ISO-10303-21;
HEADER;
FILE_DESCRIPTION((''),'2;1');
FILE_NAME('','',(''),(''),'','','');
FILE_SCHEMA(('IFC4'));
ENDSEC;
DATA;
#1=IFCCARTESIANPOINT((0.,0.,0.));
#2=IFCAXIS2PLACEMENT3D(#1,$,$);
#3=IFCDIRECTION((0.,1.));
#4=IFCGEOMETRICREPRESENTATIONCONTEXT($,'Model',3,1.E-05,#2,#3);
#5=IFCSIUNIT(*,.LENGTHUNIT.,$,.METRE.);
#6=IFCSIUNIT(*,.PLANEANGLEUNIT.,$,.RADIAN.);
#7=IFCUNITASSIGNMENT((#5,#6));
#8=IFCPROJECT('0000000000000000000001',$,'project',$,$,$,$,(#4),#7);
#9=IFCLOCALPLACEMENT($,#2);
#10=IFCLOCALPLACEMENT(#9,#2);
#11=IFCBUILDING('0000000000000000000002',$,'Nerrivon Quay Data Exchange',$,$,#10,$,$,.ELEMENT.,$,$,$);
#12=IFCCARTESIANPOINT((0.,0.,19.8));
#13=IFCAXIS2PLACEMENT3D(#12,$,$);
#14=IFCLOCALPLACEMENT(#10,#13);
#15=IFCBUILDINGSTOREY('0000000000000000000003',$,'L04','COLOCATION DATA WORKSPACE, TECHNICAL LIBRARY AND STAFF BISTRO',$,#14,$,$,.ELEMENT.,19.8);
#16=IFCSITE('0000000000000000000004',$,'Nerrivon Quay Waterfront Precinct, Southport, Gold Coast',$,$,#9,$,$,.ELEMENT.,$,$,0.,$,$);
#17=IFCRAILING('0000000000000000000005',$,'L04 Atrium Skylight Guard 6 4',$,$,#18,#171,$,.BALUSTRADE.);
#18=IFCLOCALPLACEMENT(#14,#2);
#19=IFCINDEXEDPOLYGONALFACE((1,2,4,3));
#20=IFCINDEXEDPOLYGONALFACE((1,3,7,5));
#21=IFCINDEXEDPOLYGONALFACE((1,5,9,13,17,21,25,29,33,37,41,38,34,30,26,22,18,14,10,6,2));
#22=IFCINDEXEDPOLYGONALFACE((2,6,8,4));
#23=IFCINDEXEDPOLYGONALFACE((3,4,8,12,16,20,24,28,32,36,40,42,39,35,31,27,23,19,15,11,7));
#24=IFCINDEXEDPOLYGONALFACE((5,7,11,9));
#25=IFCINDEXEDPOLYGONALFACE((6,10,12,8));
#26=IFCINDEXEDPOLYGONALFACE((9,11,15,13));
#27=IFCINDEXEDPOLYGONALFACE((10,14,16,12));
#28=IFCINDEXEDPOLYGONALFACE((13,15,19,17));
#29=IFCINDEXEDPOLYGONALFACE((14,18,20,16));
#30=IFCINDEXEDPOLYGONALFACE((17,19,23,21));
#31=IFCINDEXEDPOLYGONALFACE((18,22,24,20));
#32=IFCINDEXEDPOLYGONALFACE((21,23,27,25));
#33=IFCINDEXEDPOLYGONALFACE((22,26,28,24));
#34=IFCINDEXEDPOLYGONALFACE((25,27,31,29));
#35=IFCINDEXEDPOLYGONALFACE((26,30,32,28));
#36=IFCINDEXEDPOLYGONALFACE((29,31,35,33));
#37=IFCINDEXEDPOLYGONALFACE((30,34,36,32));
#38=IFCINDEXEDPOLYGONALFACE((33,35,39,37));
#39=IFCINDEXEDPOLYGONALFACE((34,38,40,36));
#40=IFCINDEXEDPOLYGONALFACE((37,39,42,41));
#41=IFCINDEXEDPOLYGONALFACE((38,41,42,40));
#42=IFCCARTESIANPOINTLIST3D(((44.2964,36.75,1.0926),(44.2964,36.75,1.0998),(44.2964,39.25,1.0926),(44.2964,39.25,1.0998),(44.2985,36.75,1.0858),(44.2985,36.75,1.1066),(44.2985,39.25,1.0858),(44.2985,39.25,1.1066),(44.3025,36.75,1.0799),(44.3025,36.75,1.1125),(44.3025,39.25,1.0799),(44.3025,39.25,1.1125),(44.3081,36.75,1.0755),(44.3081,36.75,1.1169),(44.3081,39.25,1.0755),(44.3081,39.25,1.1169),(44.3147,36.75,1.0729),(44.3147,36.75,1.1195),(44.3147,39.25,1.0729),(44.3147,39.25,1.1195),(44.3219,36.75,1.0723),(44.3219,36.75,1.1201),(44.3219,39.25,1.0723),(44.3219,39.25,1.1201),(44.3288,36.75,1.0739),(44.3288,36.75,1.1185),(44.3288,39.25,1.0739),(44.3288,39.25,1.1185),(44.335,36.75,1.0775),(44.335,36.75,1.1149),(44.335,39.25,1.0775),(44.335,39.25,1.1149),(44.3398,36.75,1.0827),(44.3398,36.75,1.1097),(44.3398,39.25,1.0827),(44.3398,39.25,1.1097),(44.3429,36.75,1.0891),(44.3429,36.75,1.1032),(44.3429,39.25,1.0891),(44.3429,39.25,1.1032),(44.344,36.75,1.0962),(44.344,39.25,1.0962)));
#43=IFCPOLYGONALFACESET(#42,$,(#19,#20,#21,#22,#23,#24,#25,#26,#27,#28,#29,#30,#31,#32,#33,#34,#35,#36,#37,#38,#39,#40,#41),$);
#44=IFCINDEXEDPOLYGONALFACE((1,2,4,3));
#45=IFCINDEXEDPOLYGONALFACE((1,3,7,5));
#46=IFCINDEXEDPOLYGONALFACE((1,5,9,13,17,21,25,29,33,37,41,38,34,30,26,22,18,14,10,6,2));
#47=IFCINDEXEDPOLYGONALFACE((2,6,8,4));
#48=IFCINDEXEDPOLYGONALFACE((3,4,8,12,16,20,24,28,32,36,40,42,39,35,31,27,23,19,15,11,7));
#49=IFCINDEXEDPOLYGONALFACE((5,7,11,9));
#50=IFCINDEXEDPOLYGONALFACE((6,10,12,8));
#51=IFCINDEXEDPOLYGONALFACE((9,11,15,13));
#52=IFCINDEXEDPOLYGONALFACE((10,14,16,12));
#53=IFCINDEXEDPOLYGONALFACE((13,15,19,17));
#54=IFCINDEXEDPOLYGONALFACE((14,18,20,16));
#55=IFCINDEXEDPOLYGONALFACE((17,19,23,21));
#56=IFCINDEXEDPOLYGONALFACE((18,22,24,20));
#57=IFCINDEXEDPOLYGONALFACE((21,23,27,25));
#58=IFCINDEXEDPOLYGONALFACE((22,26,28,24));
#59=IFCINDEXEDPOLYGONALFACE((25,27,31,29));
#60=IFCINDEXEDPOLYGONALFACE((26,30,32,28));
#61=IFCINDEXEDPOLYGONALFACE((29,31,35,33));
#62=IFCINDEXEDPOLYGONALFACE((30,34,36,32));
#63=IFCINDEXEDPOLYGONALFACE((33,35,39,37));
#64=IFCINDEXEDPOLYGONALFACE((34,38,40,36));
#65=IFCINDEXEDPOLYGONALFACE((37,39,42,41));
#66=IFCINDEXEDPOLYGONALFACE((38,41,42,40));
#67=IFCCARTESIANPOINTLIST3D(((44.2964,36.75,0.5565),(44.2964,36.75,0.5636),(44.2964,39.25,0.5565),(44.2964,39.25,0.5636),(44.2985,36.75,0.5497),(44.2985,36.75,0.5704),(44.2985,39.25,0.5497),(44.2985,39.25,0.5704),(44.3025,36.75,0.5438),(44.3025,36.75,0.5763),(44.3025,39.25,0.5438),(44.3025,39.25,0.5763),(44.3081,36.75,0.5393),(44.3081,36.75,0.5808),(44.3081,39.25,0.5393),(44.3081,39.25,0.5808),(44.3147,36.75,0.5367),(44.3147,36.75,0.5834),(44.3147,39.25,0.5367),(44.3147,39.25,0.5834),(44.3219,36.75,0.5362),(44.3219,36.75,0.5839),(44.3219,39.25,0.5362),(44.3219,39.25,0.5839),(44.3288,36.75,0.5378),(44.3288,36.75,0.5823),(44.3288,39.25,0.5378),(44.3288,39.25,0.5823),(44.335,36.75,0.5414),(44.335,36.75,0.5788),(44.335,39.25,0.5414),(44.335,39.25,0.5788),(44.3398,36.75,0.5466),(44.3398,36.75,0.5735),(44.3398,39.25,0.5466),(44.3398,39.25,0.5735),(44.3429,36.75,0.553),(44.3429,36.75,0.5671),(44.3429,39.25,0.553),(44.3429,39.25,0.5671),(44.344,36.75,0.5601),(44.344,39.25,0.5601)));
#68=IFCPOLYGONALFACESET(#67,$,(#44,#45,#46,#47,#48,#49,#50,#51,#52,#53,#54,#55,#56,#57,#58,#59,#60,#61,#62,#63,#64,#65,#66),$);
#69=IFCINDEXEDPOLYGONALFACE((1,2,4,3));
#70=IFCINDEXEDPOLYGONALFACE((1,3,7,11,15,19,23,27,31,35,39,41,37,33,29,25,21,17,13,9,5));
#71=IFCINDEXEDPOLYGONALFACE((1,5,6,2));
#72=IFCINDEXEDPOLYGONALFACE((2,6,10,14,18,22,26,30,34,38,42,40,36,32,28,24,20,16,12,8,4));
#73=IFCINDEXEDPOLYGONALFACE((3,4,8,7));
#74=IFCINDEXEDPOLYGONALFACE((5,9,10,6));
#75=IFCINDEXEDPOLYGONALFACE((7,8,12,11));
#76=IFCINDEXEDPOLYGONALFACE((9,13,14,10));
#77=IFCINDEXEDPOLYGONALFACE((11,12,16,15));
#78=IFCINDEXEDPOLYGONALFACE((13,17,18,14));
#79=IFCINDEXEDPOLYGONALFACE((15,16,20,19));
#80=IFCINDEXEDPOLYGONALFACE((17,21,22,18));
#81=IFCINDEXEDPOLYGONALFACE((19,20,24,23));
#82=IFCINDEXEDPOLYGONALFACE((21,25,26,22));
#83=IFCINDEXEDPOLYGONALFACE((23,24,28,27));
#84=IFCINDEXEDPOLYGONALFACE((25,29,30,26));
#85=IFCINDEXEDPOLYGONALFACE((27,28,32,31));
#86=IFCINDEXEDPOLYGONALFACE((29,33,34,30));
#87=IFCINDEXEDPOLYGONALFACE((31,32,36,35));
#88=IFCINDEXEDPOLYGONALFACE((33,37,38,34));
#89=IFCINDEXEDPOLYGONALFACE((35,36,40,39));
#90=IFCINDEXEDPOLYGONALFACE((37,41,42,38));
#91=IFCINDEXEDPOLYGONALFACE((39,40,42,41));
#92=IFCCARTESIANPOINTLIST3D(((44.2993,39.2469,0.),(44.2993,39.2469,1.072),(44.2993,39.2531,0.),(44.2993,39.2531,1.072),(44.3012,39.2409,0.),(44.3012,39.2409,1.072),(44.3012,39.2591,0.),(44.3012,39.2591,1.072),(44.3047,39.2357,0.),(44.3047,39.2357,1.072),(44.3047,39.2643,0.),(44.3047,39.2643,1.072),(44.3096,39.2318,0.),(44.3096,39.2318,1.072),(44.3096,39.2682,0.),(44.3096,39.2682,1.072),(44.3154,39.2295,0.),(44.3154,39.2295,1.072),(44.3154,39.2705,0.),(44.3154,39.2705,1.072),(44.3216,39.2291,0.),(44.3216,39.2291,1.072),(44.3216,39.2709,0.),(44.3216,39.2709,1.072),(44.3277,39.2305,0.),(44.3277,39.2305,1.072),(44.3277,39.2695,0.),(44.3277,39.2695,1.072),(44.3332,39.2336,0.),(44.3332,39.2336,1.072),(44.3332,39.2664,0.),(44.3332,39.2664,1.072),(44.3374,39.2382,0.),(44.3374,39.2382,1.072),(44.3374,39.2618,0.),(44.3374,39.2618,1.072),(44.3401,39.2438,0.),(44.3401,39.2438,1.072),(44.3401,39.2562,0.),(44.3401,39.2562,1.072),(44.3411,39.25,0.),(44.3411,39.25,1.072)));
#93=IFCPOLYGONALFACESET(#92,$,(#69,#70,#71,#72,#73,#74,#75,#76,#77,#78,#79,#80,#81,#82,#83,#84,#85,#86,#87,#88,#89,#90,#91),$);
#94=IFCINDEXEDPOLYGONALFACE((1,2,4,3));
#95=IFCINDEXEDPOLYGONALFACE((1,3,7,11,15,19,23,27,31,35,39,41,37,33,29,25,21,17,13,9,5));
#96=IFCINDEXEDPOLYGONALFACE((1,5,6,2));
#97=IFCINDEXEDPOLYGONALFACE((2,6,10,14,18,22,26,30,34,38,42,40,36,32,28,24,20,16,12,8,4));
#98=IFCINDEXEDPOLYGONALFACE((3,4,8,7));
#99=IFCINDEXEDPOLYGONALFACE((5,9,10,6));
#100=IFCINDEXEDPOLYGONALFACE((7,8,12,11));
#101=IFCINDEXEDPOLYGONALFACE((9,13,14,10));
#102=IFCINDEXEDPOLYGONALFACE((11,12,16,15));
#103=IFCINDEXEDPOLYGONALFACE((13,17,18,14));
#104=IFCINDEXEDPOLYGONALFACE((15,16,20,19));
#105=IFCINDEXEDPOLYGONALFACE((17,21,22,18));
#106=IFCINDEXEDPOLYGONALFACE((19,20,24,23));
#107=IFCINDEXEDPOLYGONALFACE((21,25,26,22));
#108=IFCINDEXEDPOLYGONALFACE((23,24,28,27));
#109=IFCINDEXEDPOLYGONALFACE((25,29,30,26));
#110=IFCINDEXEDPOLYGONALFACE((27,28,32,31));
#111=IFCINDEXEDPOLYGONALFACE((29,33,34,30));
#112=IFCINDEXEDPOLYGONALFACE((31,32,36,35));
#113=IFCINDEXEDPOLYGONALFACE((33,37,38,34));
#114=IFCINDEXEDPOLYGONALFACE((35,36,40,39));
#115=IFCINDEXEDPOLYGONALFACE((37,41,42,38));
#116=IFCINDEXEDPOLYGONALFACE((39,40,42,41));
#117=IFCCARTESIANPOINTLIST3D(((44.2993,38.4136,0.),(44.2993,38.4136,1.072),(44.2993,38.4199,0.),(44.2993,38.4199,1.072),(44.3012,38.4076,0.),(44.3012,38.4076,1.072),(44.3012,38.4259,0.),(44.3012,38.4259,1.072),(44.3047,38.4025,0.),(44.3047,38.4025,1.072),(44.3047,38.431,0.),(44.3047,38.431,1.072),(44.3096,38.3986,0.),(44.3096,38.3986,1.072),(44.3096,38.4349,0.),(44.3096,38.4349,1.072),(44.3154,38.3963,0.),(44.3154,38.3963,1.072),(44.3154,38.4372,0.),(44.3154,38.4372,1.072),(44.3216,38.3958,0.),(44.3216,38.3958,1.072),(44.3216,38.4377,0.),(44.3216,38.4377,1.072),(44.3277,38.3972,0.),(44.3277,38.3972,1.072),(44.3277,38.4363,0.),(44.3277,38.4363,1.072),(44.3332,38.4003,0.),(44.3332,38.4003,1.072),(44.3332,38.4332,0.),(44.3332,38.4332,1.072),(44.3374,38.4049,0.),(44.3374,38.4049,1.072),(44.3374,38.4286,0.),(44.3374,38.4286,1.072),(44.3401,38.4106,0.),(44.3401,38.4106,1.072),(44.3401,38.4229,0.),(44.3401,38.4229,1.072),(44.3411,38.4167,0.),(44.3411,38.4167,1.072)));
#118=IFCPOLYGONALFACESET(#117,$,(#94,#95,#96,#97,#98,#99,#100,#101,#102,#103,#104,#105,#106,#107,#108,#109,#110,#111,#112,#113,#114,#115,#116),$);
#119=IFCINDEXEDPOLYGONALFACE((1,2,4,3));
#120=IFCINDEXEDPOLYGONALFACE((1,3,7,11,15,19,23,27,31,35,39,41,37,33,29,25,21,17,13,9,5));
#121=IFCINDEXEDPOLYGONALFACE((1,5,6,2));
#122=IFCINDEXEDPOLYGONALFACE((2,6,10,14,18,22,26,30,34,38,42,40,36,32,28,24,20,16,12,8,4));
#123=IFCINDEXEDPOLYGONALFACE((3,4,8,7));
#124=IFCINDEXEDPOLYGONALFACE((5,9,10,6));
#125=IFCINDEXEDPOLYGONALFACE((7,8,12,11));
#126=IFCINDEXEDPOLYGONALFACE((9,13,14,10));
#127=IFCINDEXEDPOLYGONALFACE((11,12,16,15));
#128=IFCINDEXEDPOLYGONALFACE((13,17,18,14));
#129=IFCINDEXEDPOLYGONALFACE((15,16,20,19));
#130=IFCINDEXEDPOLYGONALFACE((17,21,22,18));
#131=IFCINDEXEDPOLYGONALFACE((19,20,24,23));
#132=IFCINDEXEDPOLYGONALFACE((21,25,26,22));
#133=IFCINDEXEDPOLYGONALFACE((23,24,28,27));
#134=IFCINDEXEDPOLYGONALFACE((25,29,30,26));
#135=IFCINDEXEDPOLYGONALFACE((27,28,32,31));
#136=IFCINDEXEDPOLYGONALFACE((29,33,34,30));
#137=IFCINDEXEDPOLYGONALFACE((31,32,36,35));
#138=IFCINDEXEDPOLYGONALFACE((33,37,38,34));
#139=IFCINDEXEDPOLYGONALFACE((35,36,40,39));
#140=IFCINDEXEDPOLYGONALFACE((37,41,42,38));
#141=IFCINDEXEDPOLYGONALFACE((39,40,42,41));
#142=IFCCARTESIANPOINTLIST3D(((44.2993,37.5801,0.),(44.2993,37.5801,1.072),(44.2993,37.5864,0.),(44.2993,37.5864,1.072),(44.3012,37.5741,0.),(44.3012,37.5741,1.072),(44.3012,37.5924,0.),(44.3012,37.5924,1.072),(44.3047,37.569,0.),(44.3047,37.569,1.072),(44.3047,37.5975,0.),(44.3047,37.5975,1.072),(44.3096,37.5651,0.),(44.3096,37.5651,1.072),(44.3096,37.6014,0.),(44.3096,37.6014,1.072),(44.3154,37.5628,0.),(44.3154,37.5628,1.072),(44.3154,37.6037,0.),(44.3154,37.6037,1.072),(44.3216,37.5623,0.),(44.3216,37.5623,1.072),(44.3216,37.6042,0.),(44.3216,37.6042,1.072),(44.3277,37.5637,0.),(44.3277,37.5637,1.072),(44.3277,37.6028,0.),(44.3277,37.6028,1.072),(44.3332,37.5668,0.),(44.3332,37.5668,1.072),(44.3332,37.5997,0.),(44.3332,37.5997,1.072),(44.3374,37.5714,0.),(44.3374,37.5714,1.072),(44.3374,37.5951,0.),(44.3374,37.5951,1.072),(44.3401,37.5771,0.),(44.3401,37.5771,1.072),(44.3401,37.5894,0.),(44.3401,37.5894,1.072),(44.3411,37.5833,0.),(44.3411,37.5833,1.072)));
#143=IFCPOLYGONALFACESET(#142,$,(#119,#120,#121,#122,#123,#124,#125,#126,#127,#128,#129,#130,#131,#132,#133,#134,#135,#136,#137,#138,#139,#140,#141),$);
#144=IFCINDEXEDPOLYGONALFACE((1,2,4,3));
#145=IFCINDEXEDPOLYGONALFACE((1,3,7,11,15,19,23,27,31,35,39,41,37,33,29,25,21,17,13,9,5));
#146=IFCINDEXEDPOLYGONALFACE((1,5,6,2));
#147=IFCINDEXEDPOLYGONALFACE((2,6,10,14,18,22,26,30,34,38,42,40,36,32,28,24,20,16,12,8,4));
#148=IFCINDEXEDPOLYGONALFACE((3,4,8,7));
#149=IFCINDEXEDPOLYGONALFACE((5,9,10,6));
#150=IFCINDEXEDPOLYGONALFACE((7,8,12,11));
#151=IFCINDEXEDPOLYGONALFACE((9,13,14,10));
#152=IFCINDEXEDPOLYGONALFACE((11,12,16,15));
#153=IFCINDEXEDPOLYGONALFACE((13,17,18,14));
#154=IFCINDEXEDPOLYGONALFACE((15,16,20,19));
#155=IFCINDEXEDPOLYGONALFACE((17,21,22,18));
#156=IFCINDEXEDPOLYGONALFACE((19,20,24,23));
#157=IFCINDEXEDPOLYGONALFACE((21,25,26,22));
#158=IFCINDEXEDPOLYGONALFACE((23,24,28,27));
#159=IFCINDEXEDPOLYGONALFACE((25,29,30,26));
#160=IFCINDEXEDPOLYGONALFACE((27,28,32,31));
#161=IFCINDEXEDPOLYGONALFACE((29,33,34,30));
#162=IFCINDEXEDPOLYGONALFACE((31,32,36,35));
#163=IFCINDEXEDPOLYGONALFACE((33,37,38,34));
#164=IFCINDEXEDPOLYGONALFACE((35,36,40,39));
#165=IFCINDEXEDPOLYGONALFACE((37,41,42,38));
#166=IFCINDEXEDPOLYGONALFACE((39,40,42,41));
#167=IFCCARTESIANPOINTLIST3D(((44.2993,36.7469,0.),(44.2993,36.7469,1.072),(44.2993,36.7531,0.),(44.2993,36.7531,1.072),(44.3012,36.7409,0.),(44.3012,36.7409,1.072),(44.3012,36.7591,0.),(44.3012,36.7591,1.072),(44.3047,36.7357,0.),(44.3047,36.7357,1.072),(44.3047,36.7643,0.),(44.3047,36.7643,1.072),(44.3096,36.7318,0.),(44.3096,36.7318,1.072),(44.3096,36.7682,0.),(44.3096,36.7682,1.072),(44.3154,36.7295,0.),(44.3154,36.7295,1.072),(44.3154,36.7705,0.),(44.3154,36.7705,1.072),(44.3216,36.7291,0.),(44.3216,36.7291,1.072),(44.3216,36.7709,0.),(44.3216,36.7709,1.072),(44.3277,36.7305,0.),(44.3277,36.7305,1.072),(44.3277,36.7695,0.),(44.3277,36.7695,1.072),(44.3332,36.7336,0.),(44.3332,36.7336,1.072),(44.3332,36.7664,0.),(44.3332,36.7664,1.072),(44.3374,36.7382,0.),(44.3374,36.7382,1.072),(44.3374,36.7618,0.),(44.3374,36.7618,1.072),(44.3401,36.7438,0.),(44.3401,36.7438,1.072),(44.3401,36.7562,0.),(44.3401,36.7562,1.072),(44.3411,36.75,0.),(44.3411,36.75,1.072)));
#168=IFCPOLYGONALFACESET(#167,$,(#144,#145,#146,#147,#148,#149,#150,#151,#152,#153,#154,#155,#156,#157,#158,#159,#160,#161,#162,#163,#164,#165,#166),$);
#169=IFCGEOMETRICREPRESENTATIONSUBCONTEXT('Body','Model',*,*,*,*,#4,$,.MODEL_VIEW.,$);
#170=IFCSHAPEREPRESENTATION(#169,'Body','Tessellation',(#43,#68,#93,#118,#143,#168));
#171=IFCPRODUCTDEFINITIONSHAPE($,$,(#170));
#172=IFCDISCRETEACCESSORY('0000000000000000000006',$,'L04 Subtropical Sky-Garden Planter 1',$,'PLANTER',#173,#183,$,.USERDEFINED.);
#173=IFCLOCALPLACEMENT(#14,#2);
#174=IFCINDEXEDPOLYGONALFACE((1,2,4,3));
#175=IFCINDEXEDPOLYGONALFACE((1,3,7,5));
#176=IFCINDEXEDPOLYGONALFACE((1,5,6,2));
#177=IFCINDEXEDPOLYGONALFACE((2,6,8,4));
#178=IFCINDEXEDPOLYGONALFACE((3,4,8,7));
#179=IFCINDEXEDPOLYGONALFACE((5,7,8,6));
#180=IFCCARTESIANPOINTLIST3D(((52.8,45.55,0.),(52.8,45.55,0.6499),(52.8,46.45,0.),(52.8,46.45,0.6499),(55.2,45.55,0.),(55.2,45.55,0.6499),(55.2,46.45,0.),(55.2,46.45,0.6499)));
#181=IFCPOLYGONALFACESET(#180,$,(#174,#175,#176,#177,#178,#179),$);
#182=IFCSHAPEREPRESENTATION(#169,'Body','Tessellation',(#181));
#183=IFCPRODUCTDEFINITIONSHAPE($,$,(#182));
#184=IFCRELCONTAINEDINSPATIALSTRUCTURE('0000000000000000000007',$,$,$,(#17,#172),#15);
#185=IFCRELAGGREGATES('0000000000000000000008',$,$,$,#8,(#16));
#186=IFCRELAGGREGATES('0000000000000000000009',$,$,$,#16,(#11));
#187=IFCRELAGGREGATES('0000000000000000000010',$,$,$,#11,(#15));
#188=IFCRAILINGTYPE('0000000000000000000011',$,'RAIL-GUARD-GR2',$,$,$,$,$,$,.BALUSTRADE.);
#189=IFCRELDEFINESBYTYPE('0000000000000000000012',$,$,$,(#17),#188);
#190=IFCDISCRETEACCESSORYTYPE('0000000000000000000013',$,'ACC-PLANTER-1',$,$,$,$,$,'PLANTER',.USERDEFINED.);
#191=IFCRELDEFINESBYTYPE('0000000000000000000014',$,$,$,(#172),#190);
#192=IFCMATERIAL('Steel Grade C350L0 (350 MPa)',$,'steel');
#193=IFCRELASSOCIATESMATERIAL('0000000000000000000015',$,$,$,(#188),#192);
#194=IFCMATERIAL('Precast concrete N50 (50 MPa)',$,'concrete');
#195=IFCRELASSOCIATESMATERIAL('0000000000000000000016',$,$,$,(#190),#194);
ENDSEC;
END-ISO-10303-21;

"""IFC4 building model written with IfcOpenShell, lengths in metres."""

from ifc_helpers import new_model, si_unit, direction, frame, origin, origin_2d, place, context, subcontext, project, spatial, rectangle, circle, extrude, material, type_object, element, save


model = new_model("IFC4")

# Units and contexts
model_context = context("Model", 3, precision=1e-05, world=origin(), true_north=direction((0.0, 1.0)))
body_context = subcontext(model_context, "Body", "Model", "MODEL_VIEW")
ifc_project = project(units=[si_unit("LENGTHUNIT", "METRE"), si_unit("PLANEANGLEUNIT", "RADIAN")], contexts=[model_context])

# Site, building, storey
site_placement = place(None, origin())
site = spatial("IfcSite", under=ifc_project, at=site_placement, Name="Nerrivon Quay Waterfront Precinct, Southport, Gold Coast", CompositionType="ELEMENT", RefElevation=0.0)
building_placement = place(site_placement, origin())
building = spatial("IfcBuilding", under=site, at=building_placement, Name="Nerrivon Quay Data Exchange", CompositionType="ELEMENT")
storey_placement = place(building_placement, frame((0.0, 0.0, 19.8)))
storey = spatial("IfcBuildingStorey", under=building, at=storey_placement, Name="L04", Description="COLOCATION DATA WORKSPACE, TECHNICAL LIBRARY AND STAFF BISTRO", CompositionType="ELEMENT", Elevation=19.8)

# Railing
ifc_material_1 = material(Name="Steel Grade C350L0 (350 MPa)", Category="steel")
railing_type = type_object("IfcRailingType", Name="RAIL-GUARD-GR2", PredefinedType="BALUSTRADE", material=ifc_material_1)
railing_1_placement = place(storey_placement, frame((44.3201, 39.25, 0.0)))
element("IfcRailing", 1, at=railing_1_placement, inside=storey, type_object=railing_type, Name="L04 Atrium Skylight Guard 6 4", PredefinedType="BALUSTRADE", context=body_context, shape_type="SweptSolid", body=[
    extrude(circle(Radius=0.0239, at=origin_2d()), frame((0.0, 0.0, 1.0962), z_axis=(0.0, -1.0, 0.0), x_axis=(1.0, 0.0, 0.0)), (0.0, 0.0, 1.0), 2.5),
    extrude(circle(Radius=0.0239, at=origin_2d()), frame((0.0, 0.0, 0.5601), z_axis=(0.0, -1.0, 0.0), x_axis=(1.0, 0.0, 0.0)), (0.0, 0.0, 1.0), 2.5),
    extrude(circle(Radius=0.021, at=origin_2d()), origin(), (0.0, 0.0, 1.0), 1.072),
    extrude(circle(Radius=0.021, at=origin_2d()), frame((0.0, -0.8333, 0.0)), (0.0, 0.0, 1.0), 1.072),
    extrude(circle(Radius=0.021, at=origin_2d()), frame((0.0, -1.6667, 0.0)), (0.0, 0.0, 1.0), 1.072),
    extrude(circle(Radius=0.021, at=origin_2d()), frame((0.0, -2.5, 0.0)), (0.0, 0.0, 1.0), 1.072),
])

# Discrete accessory
ifc_material_2 = material(Name="Precast concrete N50 (50 MPa)", Category="concrete")
discrete_accessory_type = type_object("IfcDiscreteAccessoryType", Name="ACC-PLANTER-1", ElementType="PLANTER", PredefinedType="USERDEFINED", material=ifc_material_2)
discrete_accessory_placement = place(storey_placement, frame((54.0, 46.0, 0.0), z_axis=(0.0, 0.0, 1.0), x_axis=(1.0, 0.0, 0.0)))
element("IfcDiscreteAccessory", 2, at=discrete_accessory_placement, inside=storey, type_object=discrete_accessory_type, Name="L04 Subtropical Sky-Garden Planter 1", ObjectType="PLANTER", PredefinedType="USERDEFINED", context=body_context, shape_type="SweptSolid", body=[
    extrude(rectangle(XDim=2.3999, YDim=0.8999, at=origin_2d()), origin(), (0.0, 0.0, 1.0), 0.6499),
])

save(model, "model.ifc")
